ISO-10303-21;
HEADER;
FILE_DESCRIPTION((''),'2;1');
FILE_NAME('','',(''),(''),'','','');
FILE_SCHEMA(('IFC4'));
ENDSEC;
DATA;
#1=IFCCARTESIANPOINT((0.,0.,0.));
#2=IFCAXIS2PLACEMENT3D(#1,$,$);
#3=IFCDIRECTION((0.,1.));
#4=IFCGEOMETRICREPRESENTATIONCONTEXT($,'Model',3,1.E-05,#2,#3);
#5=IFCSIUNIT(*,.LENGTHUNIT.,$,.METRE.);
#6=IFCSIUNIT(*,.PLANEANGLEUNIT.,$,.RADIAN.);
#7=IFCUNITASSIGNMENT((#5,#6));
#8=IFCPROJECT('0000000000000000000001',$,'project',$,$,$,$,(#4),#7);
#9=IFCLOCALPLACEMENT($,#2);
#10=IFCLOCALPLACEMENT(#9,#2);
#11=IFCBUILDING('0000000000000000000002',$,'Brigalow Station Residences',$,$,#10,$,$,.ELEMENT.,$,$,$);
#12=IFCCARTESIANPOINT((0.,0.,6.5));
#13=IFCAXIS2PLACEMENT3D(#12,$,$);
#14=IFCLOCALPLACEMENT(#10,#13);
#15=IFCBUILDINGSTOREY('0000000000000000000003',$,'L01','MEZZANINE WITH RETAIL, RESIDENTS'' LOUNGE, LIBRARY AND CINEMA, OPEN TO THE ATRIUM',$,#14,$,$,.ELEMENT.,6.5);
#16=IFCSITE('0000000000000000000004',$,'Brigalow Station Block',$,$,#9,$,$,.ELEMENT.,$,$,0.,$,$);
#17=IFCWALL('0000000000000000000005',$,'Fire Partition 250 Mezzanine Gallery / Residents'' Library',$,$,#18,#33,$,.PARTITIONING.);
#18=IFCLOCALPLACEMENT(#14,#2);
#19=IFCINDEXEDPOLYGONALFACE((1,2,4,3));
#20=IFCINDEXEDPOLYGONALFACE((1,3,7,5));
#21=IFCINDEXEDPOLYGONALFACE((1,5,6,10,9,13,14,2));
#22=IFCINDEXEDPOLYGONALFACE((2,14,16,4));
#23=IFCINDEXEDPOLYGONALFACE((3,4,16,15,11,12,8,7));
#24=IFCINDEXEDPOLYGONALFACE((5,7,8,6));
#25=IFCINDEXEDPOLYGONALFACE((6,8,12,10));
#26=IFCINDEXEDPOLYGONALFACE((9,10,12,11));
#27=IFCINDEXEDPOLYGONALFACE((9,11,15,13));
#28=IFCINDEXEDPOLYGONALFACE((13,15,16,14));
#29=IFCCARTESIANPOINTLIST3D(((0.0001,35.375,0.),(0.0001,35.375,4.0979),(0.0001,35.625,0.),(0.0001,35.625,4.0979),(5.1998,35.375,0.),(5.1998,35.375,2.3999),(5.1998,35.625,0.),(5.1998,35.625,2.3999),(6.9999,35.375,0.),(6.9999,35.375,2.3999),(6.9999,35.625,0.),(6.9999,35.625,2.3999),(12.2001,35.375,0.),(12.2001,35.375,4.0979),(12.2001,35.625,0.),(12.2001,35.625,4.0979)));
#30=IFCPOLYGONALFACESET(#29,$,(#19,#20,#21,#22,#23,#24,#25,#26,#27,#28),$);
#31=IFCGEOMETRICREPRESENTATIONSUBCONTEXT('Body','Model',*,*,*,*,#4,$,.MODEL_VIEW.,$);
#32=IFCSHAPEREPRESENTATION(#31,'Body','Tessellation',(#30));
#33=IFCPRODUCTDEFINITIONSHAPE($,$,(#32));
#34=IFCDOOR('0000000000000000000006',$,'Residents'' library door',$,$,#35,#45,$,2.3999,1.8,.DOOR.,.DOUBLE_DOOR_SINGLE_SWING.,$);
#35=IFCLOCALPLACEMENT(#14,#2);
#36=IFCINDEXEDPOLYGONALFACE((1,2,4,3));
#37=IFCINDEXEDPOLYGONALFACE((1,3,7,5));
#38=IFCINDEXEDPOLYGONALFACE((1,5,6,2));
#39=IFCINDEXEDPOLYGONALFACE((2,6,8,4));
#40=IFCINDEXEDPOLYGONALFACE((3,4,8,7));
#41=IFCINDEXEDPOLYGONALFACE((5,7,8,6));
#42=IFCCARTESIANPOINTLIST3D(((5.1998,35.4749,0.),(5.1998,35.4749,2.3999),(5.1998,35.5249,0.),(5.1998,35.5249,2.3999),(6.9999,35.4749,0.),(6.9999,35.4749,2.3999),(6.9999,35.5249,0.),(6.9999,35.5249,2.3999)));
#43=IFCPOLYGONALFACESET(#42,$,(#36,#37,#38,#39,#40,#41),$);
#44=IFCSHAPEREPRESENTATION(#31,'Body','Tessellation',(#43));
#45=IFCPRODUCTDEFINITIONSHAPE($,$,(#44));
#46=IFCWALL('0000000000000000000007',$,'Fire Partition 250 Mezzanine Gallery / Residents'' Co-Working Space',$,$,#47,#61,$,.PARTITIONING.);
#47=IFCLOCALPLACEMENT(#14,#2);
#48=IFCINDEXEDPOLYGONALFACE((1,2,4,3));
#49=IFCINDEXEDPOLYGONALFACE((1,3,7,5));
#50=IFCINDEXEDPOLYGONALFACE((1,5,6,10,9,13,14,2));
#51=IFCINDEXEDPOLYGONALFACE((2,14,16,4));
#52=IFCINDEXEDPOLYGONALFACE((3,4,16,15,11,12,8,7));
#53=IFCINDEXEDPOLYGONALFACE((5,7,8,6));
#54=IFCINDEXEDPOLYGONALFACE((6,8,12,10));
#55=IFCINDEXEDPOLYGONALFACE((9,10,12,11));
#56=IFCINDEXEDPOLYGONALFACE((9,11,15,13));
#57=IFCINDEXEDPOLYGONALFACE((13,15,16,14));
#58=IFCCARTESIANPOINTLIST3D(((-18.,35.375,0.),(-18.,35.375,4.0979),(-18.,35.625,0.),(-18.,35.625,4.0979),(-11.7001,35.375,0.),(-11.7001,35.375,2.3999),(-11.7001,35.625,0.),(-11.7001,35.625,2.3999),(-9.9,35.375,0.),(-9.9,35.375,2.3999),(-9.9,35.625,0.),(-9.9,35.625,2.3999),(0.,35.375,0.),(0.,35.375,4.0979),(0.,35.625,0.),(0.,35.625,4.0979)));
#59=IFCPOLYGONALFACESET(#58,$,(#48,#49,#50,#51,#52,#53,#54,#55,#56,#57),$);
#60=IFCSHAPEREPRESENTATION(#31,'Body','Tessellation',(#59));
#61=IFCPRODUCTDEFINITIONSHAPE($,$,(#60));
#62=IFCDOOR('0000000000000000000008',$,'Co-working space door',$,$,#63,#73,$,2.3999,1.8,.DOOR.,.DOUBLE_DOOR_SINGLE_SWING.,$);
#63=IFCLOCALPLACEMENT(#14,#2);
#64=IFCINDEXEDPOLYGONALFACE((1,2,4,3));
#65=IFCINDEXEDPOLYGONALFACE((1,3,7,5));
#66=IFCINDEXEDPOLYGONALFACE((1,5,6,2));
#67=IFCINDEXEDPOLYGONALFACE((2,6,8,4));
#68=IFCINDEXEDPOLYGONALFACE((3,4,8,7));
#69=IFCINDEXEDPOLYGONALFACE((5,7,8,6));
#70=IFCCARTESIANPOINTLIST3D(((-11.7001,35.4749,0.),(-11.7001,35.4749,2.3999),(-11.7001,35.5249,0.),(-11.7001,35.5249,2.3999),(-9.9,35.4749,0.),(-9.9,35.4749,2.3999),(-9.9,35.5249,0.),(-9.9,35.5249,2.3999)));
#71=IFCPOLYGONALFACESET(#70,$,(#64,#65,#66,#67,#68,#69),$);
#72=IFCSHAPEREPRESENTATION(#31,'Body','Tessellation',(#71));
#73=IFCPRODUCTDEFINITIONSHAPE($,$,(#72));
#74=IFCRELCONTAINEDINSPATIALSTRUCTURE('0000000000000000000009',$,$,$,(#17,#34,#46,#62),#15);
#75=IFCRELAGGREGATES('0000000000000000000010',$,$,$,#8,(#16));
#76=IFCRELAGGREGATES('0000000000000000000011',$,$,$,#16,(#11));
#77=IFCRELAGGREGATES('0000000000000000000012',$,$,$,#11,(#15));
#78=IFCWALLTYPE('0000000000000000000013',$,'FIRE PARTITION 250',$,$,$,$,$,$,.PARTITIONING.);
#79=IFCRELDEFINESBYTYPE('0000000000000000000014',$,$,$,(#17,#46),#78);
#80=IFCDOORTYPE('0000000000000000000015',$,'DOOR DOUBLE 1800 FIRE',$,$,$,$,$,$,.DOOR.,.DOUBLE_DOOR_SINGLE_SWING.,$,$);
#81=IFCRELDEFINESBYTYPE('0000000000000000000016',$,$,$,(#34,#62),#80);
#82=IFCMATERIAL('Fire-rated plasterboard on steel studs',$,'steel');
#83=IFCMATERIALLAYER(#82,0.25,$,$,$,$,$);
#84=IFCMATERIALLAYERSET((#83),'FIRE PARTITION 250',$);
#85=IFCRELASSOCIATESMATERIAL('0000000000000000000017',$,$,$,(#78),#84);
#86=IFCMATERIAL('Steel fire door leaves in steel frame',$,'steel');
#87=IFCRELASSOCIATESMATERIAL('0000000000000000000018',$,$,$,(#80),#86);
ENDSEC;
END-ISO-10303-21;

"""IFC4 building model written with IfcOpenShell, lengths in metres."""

from ifc_helpers import new_model, si_unit, direction, frame, frame_2d, origin, place, context, subcontext, project, spatial, rectangle, extrude, material, layer, layer_set, type_object, element, fill, save


model = new_model("IFC4")

# Units and contexts
model_context = context("Model", 3, precision=1e-05, world=origin(), true_north=direction((0.0, 1.0)))
body_context = subcontext(model_context, "Body", "Model", "MODEL_VIEW")
ifc_project = project(units=[si_unit("LENGTHUNIT", "METRE"), si_unit("PLANEANGLEUNIT", "RADIAN")], contexts=[model_context])

# Site, building, storey
site_placement = place(None, origin())
site = spatial("IfcSite", under=ifc_project, at=site_placement, Name="Brigalow Station Block", CompositionType="ELEMENT", RefElevation=0.0)
building_placement = place(site_placement, origin())
building = spatial("IfcBuilding", under=site, at=building_placement, Name="Brigalow Station Residences", CompositionType="ELEMENT")
storey_placement = place(building_placement, frame((0.0, 0.0, 6.5)))
storey = spatial("IfcBuildingStorey", under=building, at=storey_placement, Name="L01", Description="MEZZANINE WITH RETAIL, RESIDENTS' LOUNGE, LIBRARY AND CINEMA, OPEN TO THE ATRIUM", CompositionType="ELEMENT", Elevation=6.5)

# Walls, openings, doors
ifc_material_1 = material(Name="Fire-rated plasterboard on steel studs", Category="steel")
ifc_layer_1 = layer(ifc_material_1, 0.25)
ifc_layer_set_1 = layer_set([ifc_layer_1], Name="FIRE PARTITION 250")
wall_type = type_object("IfcWallType", Name="FIRE PARTITION 250", PredefinedType="PARTITIONING", material=ifc_layer_set_1)
wall_1_placement = place(storey_placement, frame((0.0, 35.5, 0.0), z_axis=(0.0, 0.0, 1.0), x_axis=(1.0, 0.0, 0.0)))
wall_1 = element("IfcWall", 1, at=wall_1_placement, inside=storey, type_object=wall_type, Name="Fire Partition 250 Mezzanine Gallery / Residents' Library", PredefinedType="PARTITIONING", context=body_context, shape_type="SweptSolid", body=[
    extrude(rectangle(XDim=12.2, YDim=0.25, at=frame_2d((6.1001, 0.0))), origin(), (0.0, 0.0, 1.0), 4.0979),
])
opening_1_placement = place(wall_1_placement, frame((5.2, 0.0, 0.0)))
opening_1 = element("IfcOpeningElement", 2, at=opening_1_placement, cuts=wall_1, PredefinedType="OPENING", context=body_context, shape_type="SweptSolid", body=[
    extrude(rectangle(XDim=1.8, YDim=2.3999, at=frame_2d((0.8999, 1.2))), frame((0.0, 0.135, 0.0), z_axis=(0.0, -1.0, 0.0), x_axis=(1.0, 0.0, 0.0)), (0.0, 0.0, 1.0), 0.27),
])
ifc_material_2 = material(Name="Steel fire door leaves in steel frame", Category="steel")
door_type = type_object("IfcDoorType", Name="DOOR DOUBLE 1800 FIRE", OperationType="DOUBLE_DOOR_SINGLE_SWING", PredefinedType="DOOR", material=ifc_material_2)
door_1_placement = place(opening_1_placement, origin())
door_1 = element("IfcDoor", 3, at=door_1_placement, inside=storey, type_object=door_type, Name="Residents' library door", OperationType="DOUBLE_DOOR_SINGLE_SWING", OverallHeight=2.3999, OverallWidth=1.8, PredefinedType="DOOR", context=body_context, shape_type="SweptSolid", body=[
    extrude(rectangle(XDim=1.8, YDim=2.3999, at=frame_2d((0.8999, 1.2))), frame((0.0, 0.0249, 0.0), z_axis=(0.0, -1.0, 0.0), x_axis=(1.0, 0.0, 0.0)), (0.0, 0.0, 1.0), 0.05),
])
fill(opening_1, door_1)
wall_2_placement = place(storey_placement, frame((-18.0, 35.5, 0.0), z_axis=(0.0, 0.0, 1.0), x_axis=(1.0, 0.0, 0.0)))
wall_2 = element("IfcWall", 4, at=wall_2_placement, inside=storey, type_object=wall_type, Name="Fire Partition 250 Mezzanine Gallery / Residents' Co-Working Space", PredefinedType="PARTITIONING", context=body_context, shape_type="SweptSolid", body=[
    extrude(rectangle(XDim=18.0, YDim=0.25, at=frame_2d((9.0, 0.0))), origin(), (0.0, 0.0, 1.0), 4.0979),
])
opening_2_placement = place(wall_2_placement, frame((6.3, 0.0, 0.0)))
opening_2 = element("IfcOpeningElement", 5, at=opening_2_placement, cuts=wall_2, PredefinedType="OPENING", context=body_context, shape_type="SweptSolid", body=[
    extrude(rectangle(XDim=1.8, YDim=2.3999, at=frame_2d((0.8999, 1.2))), frame((0.0, 0.135, 0.0), z_axis=(0.0, -1.0, 0.0), x_axis=(1.0, 0.0, 0.0)), (0.0, 0.0, 1.0), 0.27),
])
door_2_placement = place(opening_2_placement, origin())
door_2 = element("IfcDoor", 6, at=door_2_placement, inside=storey, type_object=door_type, Name="Co-working space door", OperationType="DOUBLE_DOOR_SINGLE_SWING", OverallHeight=2.3999, OverallWidth=1.8, PredefinedType="DOOR", context=body_context, shape_type="SweptSolid", body=[
    extrude(rectangle(XDim=1.8, YDim=2.3999, at=frame_2d((0.8999, 1.2))), frame((0.0, 0.0249, 0.0), z_axis=(0.0, -1.0, 0.0), x_axis=(1.0, 0.0, 0.0)), (0.0, 0.0, 1.0), 0.05),
])
fill(opening_2, door_2)

save(model, "model.ifc")
